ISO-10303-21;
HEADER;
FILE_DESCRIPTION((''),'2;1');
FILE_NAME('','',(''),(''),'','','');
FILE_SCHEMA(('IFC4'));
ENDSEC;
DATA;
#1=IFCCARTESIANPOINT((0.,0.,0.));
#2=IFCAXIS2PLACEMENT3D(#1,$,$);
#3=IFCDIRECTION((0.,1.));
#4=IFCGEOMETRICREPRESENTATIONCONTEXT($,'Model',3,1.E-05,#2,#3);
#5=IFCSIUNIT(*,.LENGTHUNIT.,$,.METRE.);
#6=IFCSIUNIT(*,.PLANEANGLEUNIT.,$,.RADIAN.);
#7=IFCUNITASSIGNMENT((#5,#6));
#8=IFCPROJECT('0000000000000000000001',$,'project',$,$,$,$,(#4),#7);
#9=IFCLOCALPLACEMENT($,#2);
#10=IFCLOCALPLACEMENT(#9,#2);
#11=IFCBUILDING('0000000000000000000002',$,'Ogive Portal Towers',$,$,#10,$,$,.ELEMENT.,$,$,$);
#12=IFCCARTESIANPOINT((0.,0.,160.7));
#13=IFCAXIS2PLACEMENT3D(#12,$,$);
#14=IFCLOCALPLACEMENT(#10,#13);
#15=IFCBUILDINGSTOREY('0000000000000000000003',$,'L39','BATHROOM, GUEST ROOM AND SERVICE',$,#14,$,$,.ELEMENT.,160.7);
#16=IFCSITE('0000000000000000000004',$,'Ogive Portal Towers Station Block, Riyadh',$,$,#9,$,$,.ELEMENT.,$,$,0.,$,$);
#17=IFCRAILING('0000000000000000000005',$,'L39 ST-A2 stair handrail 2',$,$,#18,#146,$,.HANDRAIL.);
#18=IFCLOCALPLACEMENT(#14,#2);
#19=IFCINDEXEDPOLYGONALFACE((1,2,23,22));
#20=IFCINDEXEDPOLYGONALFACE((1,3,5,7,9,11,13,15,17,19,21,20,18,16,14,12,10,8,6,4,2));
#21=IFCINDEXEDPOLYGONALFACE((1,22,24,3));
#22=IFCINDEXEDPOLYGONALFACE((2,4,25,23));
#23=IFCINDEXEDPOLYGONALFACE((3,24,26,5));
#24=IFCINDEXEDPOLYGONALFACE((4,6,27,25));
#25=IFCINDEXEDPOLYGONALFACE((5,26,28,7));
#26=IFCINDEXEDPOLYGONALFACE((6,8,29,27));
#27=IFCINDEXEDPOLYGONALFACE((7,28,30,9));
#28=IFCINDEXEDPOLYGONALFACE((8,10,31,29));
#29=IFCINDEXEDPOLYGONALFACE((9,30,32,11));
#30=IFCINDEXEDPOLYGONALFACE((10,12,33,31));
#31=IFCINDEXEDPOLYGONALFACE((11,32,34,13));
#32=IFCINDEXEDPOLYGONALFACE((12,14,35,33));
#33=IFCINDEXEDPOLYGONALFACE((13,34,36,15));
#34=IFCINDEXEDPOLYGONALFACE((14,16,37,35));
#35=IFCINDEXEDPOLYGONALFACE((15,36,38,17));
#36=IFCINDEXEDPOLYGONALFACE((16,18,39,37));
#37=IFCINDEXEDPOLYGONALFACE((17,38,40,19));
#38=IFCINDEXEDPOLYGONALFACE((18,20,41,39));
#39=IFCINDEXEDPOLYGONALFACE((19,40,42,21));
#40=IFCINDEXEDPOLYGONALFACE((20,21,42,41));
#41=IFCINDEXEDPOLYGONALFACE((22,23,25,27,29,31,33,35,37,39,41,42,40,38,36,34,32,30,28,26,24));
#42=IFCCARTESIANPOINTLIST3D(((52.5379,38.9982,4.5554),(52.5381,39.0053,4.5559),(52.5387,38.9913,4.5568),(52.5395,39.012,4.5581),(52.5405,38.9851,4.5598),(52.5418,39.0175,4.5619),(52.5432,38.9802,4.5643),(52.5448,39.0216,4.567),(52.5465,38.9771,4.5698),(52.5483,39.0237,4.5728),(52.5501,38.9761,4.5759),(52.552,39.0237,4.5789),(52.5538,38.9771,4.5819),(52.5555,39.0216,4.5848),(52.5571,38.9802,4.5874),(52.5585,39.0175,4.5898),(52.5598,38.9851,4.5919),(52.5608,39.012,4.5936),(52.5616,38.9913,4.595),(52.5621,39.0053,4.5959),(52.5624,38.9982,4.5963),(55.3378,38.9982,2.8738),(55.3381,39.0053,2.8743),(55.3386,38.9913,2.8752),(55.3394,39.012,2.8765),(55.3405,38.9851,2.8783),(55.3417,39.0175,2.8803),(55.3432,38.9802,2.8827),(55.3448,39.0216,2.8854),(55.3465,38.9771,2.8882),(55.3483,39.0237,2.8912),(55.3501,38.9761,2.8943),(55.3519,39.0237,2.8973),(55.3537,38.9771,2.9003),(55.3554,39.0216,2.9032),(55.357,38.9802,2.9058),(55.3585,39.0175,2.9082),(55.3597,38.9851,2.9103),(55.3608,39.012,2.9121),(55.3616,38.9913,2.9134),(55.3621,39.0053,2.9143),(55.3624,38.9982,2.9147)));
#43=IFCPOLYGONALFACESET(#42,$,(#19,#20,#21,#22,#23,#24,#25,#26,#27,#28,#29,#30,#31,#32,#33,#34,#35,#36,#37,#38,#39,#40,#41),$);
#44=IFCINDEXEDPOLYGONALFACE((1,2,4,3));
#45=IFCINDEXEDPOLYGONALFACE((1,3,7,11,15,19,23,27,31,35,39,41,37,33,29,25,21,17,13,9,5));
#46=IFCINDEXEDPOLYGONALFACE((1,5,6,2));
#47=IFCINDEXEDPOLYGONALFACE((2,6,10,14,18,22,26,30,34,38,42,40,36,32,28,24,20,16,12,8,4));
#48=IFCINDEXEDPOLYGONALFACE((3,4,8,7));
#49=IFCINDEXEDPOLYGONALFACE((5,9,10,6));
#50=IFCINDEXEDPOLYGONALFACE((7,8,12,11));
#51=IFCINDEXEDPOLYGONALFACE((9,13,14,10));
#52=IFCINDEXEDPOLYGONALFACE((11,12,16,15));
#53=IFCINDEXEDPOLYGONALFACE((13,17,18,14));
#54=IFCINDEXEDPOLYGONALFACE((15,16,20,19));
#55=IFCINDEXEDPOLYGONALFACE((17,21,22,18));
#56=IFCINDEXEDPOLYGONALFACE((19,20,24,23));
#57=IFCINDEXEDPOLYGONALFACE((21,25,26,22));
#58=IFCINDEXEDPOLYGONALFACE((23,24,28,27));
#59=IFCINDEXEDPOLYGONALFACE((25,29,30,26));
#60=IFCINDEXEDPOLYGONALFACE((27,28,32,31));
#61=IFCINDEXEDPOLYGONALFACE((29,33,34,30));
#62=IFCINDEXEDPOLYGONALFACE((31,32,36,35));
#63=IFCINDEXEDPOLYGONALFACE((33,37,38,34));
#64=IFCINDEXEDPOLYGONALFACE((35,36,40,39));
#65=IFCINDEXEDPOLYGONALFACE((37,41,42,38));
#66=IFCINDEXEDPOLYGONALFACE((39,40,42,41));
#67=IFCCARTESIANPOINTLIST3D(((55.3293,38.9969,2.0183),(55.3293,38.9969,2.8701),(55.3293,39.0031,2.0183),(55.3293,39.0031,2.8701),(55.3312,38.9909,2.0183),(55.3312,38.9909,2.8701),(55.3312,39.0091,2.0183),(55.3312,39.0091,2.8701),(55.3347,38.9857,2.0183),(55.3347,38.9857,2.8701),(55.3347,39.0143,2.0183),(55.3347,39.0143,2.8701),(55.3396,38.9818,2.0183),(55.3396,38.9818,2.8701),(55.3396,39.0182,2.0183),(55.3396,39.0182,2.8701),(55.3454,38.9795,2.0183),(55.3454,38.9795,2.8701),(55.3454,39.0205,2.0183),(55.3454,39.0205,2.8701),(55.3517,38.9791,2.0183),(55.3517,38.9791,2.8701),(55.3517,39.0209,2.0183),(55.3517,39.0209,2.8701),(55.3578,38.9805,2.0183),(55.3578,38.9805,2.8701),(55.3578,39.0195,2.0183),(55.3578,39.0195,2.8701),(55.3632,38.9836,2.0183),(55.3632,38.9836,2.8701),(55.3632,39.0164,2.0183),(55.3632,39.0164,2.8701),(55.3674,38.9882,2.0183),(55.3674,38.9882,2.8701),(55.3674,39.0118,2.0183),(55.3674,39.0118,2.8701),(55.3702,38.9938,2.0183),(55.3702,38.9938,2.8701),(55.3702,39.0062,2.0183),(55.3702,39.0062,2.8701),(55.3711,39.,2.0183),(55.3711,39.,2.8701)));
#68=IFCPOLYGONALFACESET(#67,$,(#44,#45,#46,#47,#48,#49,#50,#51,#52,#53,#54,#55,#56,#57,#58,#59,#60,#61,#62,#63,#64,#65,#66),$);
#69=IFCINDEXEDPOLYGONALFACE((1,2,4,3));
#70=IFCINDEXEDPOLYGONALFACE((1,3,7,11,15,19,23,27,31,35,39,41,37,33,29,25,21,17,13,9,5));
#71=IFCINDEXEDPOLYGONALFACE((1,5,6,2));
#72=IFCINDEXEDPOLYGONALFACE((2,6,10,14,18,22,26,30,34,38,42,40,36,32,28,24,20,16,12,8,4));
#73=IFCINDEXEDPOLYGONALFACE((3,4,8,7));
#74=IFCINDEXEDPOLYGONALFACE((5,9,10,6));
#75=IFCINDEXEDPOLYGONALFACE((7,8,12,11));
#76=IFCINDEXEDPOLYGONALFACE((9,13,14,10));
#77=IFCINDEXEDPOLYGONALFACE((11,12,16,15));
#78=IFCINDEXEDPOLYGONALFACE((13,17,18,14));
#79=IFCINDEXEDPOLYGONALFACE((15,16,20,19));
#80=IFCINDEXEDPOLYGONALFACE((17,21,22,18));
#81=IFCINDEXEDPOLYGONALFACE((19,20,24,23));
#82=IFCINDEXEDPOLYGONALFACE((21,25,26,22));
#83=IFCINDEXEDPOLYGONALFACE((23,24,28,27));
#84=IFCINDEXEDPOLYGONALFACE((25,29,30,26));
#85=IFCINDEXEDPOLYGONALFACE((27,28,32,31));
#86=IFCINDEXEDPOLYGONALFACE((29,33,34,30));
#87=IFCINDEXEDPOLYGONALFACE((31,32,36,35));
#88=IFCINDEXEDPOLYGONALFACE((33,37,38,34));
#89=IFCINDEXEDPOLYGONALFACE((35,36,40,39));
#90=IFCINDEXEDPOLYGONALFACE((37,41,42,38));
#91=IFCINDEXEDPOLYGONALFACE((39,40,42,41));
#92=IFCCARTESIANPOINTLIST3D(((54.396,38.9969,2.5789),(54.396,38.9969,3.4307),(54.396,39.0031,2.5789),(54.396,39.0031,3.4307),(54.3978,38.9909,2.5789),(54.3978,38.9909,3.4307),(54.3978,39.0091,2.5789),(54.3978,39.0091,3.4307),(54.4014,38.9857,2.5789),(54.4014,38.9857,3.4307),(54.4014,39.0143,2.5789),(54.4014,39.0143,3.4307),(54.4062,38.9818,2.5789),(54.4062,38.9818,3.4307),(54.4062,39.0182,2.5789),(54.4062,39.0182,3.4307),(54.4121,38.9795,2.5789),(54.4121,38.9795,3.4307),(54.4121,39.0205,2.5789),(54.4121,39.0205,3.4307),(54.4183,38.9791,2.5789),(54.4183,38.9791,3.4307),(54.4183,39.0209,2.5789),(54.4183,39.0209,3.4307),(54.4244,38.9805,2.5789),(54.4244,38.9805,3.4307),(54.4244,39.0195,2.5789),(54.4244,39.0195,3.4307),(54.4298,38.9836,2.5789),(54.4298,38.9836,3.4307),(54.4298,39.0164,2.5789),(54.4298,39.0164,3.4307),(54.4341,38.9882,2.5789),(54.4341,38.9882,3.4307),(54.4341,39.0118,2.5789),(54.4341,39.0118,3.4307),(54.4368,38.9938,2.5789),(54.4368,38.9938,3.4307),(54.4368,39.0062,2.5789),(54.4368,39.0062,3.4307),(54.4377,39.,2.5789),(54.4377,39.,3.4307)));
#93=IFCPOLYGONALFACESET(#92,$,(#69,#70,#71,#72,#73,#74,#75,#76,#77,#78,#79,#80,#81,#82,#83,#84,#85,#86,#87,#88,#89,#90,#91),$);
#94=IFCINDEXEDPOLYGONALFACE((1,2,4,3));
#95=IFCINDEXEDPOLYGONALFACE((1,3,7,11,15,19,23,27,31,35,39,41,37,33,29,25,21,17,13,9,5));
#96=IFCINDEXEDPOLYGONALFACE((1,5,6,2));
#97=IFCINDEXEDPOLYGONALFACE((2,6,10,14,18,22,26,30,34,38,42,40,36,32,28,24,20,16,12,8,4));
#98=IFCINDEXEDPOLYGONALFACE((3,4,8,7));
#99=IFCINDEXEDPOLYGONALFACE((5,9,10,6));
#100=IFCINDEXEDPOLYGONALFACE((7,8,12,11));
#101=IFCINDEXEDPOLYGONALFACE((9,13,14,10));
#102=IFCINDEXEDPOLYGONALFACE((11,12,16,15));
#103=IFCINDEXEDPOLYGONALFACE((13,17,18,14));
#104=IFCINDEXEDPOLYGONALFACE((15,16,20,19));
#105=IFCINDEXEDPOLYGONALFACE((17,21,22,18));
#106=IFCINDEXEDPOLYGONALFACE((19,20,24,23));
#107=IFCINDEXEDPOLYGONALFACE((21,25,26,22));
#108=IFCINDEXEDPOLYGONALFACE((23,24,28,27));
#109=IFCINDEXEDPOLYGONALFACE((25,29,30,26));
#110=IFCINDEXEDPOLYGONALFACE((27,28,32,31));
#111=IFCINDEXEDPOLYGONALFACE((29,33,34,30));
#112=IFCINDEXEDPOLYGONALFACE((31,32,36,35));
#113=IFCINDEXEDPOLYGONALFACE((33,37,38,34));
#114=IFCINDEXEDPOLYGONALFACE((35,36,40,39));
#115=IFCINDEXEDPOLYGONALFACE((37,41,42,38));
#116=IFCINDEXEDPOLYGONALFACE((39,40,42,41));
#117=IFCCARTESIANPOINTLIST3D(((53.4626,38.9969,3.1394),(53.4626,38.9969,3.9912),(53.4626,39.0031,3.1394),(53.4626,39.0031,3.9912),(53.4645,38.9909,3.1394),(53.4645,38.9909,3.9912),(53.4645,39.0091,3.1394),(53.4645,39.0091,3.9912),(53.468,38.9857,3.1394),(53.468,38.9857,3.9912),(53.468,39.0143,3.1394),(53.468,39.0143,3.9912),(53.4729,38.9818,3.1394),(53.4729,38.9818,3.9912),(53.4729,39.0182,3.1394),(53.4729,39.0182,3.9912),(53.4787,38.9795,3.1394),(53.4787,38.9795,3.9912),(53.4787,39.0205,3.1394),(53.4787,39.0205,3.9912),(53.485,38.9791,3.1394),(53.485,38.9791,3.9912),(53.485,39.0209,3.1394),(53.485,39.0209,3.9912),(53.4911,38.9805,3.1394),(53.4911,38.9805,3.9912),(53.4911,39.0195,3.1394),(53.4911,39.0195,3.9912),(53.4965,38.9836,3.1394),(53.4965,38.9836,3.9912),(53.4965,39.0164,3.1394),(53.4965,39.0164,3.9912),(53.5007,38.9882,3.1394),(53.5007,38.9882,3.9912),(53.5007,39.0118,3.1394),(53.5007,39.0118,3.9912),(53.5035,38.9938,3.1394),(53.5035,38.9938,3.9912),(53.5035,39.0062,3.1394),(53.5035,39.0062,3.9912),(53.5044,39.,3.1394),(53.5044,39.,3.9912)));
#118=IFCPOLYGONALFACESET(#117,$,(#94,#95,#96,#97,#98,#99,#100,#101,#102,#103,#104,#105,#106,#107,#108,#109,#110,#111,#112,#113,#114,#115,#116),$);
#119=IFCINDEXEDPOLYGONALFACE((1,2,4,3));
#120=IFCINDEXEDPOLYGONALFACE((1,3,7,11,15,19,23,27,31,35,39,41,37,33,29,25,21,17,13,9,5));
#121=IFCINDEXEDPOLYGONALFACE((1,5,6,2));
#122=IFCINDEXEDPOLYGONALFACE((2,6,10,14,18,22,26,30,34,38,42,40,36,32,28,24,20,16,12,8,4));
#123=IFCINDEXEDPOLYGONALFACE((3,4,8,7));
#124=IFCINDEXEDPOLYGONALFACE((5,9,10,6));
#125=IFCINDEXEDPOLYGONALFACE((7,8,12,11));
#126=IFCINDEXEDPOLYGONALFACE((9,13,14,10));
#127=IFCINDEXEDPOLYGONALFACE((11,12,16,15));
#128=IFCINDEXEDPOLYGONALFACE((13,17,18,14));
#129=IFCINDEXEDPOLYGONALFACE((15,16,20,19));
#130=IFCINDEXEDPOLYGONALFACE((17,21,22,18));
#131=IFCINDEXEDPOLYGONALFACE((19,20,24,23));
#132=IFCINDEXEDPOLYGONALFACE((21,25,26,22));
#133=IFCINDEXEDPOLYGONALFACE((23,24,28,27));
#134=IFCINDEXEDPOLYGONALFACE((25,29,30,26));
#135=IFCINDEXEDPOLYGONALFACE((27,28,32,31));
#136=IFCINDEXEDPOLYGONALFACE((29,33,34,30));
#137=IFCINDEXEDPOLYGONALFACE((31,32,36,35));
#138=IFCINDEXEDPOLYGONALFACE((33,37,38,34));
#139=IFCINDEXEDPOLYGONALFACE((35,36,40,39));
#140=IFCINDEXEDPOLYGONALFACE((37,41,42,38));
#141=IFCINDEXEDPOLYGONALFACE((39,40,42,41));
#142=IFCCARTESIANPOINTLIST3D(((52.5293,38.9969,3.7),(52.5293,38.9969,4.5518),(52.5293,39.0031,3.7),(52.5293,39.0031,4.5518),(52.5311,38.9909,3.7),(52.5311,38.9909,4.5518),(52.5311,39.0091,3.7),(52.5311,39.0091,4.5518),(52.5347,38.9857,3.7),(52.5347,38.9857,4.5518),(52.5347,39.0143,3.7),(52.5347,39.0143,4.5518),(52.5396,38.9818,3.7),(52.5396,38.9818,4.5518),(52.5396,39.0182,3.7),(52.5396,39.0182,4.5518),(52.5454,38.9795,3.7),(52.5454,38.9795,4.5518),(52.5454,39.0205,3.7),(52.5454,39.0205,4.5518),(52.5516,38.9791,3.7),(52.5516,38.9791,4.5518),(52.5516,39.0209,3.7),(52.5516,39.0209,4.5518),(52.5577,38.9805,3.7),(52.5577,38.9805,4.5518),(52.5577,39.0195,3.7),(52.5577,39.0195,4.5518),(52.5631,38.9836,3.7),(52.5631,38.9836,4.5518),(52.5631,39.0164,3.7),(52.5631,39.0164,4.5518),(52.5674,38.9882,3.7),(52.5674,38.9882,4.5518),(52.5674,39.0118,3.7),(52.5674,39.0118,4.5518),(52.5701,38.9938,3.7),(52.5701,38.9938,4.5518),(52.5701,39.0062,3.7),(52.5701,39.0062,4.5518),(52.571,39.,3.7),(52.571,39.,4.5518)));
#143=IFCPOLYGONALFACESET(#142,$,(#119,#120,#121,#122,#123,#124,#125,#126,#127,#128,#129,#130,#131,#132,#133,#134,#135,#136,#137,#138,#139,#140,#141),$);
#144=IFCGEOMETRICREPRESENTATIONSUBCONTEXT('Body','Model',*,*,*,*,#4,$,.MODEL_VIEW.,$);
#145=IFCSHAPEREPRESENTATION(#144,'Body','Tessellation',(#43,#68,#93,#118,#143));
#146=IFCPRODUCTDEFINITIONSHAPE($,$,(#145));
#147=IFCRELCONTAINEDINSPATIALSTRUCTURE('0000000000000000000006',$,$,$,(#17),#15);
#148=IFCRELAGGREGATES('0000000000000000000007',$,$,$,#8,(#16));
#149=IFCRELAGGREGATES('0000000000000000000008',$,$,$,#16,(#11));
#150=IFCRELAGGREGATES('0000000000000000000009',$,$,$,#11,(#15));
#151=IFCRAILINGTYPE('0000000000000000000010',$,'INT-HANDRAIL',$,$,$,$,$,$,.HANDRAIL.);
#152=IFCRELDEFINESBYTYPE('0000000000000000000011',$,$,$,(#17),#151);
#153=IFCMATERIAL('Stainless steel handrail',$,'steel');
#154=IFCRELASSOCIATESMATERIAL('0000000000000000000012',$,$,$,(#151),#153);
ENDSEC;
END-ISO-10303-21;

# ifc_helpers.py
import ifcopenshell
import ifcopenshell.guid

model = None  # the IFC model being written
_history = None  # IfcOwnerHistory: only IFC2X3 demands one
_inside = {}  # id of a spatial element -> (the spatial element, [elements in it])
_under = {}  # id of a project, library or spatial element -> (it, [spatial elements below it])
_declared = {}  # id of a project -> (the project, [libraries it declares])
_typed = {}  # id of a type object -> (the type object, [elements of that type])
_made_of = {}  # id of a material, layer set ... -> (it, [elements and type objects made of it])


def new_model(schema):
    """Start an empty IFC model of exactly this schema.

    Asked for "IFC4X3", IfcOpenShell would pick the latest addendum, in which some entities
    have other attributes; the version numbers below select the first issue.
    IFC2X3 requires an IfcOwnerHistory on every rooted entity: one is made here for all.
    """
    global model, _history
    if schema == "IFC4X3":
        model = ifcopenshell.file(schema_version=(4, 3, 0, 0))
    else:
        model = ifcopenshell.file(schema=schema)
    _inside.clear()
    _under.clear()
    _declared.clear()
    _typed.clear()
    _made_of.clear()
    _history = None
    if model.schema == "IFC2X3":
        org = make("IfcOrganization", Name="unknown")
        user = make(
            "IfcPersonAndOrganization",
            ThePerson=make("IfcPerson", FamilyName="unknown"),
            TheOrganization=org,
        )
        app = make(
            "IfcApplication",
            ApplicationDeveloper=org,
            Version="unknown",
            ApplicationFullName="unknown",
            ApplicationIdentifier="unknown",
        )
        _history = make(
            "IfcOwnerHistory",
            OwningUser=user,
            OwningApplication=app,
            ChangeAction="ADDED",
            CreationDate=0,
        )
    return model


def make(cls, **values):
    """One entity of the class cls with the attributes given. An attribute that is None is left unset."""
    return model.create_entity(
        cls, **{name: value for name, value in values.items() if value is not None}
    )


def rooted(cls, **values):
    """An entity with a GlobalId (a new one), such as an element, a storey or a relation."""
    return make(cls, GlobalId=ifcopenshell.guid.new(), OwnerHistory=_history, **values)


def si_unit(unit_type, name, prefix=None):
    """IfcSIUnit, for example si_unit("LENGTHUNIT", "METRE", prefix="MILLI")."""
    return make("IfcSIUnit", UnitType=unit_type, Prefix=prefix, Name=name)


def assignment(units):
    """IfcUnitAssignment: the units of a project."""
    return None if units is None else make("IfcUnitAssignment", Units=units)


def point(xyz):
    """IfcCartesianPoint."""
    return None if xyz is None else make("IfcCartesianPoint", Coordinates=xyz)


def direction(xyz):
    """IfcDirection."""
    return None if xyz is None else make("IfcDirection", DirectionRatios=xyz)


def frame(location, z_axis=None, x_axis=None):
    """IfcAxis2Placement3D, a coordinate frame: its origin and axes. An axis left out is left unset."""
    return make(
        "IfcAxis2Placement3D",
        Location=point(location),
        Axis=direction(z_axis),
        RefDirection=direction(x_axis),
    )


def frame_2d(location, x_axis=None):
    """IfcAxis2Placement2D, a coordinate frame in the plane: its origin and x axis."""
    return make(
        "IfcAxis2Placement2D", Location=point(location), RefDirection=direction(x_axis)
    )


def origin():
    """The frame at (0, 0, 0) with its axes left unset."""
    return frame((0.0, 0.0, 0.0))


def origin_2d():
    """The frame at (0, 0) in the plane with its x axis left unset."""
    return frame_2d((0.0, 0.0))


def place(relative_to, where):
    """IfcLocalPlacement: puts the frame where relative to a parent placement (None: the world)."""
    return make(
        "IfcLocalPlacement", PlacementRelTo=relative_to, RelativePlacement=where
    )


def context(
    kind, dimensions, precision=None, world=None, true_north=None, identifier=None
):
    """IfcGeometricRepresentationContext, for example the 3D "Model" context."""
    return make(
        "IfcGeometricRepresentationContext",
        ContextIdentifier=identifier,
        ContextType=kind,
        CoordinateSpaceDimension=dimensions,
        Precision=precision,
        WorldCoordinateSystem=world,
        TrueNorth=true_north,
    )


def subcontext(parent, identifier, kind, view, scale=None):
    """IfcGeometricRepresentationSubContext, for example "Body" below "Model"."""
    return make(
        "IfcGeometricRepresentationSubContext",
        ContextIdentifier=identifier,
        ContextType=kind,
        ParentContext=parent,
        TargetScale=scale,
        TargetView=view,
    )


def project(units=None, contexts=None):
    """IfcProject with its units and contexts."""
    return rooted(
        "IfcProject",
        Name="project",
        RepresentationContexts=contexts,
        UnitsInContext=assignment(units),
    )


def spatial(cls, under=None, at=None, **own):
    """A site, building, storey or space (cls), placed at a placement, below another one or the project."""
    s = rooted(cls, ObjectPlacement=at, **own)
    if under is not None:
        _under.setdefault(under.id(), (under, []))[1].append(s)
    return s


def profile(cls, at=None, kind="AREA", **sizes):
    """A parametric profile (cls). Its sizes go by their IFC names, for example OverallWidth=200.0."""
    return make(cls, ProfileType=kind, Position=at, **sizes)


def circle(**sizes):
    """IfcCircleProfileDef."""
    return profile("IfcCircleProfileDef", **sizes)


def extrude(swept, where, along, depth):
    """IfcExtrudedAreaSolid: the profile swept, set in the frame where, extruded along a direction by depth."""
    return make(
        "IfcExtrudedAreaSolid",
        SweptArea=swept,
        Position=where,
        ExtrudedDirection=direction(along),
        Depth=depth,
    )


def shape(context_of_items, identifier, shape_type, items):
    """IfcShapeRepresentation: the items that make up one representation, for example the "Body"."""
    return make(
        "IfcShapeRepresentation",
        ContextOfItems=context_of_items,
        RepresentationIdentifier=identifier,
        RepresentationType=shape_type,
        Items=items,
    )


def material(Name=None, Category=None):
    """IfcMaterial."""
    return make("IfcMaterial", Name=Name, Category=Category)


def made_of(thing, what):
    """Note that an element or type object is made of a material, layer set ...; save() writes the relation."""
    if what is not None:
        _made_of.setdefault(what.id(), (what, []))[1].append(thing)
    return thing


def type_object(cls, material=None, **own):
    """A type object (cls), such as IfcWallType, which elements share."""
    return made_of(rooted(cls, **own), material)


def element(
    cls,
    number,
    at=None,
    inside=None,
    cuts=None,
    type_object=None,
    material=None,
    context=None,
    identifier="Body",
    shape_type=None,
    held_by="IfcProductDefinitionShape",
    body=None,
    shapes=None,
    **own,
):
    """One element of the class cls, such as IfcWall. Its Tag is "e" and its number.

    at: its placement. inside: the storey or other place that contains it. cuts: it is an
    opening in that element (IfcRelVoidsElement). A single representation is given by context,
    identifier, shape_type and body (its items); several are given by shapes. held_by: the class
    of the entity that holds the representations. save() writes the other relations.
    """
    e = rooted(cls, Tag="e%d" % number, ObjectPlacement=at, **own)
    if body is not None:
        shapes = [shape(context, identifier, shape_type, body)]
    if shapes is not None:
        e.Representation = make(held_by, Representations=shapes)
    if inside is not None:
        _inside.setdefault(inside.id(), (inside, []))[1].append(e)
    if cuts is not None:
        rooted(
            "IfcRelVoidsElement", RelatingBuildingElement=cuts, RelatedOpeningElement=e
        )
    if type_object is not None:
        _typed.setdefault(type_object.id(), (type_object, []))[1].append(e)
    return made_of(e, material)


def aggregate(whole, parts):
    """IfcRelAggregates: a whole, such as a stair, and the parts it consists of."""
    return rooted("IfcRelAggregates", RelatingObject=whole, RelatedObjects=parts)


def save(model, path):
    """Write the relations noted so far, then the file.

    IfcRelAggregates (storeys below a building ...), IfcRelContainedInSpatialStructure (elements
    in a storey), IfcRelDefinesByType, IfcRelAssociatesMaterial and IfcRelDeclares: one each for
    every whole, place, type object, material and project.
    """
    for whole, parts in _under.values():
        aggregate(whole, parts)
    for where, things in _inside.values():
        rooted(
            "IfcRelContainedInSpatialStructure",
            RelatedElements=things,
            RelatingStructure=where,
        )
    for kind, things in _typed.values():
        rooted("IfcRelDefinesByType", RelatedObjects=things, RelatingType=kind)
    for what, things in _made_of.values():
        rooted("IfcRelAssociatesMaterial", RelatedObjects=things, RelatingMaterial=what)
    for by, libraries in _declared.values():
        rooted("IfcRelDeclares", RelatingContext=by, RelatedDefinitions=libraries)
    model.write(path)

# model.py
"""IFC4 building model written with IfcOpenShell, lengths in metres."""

from ifc_helpers import new_model, si_unit, direction, frame, origin, origin_2d, place, context, subcontext, project, spatial, circle, extrude, material, type_object, element, save


model = new_model("IFC4")

# Units and contexts
model_context = context("Model", 3, precision=1e-05, world=origin(), true_north=direction((0.0, 1.0)))
body_context = subcontext(model_context, "Body", "Model", "MODEL_VIEW")
ifc_project = project(units=[si_unit("LENGTHUNIT", "METRE"), si_unit("PLANEANGLEUNIT", "RADIAN")], contexts=[model_context])

# Site, building, storey
site_placement = place(None, origin())
site = spatial("IfcSite", under=ifc_project, at=site_placement, Name="Ogive Portal Towers Station Block, Riyadh", CompositionType="ELEMENT", RefElevation=0.0)
building_placement = place(site_placement, origin())
building = spatial("IfcBuilding", under=site, at=building_placement, Name="Ogive Portal Towers", CompositionType="ELEMENT")
storey_placement = place(building_placement, frame((0.0, 0.0, 160.7)))
storey = spatial("IfcBuildingStorey", under=building, at=storey_placement, Name="L39", Description="BATHROOM, GUEST ROOM AND SERVICE", CompositionType="ELEMENT", Elevation=160.7)

# Railing
ifc_material_1 = material(Name="Stainless steel handrail", Category="steel")
railing_type_1 = type_object("IfcRailingType", Name="INT-HANDRAIL", PredefinedType="HANDRAIL", material=ifc_material_1)
railing_1_placement = place(storey_placement, frame((55.3501, 39.0, 2.0183)))
element("IfcRailing", 1, at=railing_1_placement, inside=storey, type_object=railing_type_1, Name="L39 ST-A2 stair handrail 2", PredefinedType="HANDRAIL", context=body_context, shape_type="SweptSolid", body=[
    extrude(circle(Radius=0.0239, at=origin_2d()), frame((0.0, 0.0, 0.876), z_axis=(-0.857275, 0.0, 0.514858), x_axis=(0.0, -1.0, 0.0)), (0.0, 0.0, 1.0), 3.2661),
    extrude(circle(Radius=0.021, at=origin_2d()), origin(), (0.0, 0.0, 1.0), 0.8518),
    extrude(circle(Radius=0.021, at=origin_2d()), frame((-0.9333, 0.0, 0.5605)), (0.0, 0.0, 1.0), 0.8518),
    extrude(circle(Radius=0.021, at=origin_2d()), frame((-1.8667, 0.0, 1.1211)), (0.0, 0.0, 1.0), 0.8518),
    extrude(circle(Radius=0.021, at=origin_2d()), frame((-2.8, 0.0, 1.6816)), (0.0, 0.0, 1.0), 0.8518),
])

save(model, "model.ifc")
